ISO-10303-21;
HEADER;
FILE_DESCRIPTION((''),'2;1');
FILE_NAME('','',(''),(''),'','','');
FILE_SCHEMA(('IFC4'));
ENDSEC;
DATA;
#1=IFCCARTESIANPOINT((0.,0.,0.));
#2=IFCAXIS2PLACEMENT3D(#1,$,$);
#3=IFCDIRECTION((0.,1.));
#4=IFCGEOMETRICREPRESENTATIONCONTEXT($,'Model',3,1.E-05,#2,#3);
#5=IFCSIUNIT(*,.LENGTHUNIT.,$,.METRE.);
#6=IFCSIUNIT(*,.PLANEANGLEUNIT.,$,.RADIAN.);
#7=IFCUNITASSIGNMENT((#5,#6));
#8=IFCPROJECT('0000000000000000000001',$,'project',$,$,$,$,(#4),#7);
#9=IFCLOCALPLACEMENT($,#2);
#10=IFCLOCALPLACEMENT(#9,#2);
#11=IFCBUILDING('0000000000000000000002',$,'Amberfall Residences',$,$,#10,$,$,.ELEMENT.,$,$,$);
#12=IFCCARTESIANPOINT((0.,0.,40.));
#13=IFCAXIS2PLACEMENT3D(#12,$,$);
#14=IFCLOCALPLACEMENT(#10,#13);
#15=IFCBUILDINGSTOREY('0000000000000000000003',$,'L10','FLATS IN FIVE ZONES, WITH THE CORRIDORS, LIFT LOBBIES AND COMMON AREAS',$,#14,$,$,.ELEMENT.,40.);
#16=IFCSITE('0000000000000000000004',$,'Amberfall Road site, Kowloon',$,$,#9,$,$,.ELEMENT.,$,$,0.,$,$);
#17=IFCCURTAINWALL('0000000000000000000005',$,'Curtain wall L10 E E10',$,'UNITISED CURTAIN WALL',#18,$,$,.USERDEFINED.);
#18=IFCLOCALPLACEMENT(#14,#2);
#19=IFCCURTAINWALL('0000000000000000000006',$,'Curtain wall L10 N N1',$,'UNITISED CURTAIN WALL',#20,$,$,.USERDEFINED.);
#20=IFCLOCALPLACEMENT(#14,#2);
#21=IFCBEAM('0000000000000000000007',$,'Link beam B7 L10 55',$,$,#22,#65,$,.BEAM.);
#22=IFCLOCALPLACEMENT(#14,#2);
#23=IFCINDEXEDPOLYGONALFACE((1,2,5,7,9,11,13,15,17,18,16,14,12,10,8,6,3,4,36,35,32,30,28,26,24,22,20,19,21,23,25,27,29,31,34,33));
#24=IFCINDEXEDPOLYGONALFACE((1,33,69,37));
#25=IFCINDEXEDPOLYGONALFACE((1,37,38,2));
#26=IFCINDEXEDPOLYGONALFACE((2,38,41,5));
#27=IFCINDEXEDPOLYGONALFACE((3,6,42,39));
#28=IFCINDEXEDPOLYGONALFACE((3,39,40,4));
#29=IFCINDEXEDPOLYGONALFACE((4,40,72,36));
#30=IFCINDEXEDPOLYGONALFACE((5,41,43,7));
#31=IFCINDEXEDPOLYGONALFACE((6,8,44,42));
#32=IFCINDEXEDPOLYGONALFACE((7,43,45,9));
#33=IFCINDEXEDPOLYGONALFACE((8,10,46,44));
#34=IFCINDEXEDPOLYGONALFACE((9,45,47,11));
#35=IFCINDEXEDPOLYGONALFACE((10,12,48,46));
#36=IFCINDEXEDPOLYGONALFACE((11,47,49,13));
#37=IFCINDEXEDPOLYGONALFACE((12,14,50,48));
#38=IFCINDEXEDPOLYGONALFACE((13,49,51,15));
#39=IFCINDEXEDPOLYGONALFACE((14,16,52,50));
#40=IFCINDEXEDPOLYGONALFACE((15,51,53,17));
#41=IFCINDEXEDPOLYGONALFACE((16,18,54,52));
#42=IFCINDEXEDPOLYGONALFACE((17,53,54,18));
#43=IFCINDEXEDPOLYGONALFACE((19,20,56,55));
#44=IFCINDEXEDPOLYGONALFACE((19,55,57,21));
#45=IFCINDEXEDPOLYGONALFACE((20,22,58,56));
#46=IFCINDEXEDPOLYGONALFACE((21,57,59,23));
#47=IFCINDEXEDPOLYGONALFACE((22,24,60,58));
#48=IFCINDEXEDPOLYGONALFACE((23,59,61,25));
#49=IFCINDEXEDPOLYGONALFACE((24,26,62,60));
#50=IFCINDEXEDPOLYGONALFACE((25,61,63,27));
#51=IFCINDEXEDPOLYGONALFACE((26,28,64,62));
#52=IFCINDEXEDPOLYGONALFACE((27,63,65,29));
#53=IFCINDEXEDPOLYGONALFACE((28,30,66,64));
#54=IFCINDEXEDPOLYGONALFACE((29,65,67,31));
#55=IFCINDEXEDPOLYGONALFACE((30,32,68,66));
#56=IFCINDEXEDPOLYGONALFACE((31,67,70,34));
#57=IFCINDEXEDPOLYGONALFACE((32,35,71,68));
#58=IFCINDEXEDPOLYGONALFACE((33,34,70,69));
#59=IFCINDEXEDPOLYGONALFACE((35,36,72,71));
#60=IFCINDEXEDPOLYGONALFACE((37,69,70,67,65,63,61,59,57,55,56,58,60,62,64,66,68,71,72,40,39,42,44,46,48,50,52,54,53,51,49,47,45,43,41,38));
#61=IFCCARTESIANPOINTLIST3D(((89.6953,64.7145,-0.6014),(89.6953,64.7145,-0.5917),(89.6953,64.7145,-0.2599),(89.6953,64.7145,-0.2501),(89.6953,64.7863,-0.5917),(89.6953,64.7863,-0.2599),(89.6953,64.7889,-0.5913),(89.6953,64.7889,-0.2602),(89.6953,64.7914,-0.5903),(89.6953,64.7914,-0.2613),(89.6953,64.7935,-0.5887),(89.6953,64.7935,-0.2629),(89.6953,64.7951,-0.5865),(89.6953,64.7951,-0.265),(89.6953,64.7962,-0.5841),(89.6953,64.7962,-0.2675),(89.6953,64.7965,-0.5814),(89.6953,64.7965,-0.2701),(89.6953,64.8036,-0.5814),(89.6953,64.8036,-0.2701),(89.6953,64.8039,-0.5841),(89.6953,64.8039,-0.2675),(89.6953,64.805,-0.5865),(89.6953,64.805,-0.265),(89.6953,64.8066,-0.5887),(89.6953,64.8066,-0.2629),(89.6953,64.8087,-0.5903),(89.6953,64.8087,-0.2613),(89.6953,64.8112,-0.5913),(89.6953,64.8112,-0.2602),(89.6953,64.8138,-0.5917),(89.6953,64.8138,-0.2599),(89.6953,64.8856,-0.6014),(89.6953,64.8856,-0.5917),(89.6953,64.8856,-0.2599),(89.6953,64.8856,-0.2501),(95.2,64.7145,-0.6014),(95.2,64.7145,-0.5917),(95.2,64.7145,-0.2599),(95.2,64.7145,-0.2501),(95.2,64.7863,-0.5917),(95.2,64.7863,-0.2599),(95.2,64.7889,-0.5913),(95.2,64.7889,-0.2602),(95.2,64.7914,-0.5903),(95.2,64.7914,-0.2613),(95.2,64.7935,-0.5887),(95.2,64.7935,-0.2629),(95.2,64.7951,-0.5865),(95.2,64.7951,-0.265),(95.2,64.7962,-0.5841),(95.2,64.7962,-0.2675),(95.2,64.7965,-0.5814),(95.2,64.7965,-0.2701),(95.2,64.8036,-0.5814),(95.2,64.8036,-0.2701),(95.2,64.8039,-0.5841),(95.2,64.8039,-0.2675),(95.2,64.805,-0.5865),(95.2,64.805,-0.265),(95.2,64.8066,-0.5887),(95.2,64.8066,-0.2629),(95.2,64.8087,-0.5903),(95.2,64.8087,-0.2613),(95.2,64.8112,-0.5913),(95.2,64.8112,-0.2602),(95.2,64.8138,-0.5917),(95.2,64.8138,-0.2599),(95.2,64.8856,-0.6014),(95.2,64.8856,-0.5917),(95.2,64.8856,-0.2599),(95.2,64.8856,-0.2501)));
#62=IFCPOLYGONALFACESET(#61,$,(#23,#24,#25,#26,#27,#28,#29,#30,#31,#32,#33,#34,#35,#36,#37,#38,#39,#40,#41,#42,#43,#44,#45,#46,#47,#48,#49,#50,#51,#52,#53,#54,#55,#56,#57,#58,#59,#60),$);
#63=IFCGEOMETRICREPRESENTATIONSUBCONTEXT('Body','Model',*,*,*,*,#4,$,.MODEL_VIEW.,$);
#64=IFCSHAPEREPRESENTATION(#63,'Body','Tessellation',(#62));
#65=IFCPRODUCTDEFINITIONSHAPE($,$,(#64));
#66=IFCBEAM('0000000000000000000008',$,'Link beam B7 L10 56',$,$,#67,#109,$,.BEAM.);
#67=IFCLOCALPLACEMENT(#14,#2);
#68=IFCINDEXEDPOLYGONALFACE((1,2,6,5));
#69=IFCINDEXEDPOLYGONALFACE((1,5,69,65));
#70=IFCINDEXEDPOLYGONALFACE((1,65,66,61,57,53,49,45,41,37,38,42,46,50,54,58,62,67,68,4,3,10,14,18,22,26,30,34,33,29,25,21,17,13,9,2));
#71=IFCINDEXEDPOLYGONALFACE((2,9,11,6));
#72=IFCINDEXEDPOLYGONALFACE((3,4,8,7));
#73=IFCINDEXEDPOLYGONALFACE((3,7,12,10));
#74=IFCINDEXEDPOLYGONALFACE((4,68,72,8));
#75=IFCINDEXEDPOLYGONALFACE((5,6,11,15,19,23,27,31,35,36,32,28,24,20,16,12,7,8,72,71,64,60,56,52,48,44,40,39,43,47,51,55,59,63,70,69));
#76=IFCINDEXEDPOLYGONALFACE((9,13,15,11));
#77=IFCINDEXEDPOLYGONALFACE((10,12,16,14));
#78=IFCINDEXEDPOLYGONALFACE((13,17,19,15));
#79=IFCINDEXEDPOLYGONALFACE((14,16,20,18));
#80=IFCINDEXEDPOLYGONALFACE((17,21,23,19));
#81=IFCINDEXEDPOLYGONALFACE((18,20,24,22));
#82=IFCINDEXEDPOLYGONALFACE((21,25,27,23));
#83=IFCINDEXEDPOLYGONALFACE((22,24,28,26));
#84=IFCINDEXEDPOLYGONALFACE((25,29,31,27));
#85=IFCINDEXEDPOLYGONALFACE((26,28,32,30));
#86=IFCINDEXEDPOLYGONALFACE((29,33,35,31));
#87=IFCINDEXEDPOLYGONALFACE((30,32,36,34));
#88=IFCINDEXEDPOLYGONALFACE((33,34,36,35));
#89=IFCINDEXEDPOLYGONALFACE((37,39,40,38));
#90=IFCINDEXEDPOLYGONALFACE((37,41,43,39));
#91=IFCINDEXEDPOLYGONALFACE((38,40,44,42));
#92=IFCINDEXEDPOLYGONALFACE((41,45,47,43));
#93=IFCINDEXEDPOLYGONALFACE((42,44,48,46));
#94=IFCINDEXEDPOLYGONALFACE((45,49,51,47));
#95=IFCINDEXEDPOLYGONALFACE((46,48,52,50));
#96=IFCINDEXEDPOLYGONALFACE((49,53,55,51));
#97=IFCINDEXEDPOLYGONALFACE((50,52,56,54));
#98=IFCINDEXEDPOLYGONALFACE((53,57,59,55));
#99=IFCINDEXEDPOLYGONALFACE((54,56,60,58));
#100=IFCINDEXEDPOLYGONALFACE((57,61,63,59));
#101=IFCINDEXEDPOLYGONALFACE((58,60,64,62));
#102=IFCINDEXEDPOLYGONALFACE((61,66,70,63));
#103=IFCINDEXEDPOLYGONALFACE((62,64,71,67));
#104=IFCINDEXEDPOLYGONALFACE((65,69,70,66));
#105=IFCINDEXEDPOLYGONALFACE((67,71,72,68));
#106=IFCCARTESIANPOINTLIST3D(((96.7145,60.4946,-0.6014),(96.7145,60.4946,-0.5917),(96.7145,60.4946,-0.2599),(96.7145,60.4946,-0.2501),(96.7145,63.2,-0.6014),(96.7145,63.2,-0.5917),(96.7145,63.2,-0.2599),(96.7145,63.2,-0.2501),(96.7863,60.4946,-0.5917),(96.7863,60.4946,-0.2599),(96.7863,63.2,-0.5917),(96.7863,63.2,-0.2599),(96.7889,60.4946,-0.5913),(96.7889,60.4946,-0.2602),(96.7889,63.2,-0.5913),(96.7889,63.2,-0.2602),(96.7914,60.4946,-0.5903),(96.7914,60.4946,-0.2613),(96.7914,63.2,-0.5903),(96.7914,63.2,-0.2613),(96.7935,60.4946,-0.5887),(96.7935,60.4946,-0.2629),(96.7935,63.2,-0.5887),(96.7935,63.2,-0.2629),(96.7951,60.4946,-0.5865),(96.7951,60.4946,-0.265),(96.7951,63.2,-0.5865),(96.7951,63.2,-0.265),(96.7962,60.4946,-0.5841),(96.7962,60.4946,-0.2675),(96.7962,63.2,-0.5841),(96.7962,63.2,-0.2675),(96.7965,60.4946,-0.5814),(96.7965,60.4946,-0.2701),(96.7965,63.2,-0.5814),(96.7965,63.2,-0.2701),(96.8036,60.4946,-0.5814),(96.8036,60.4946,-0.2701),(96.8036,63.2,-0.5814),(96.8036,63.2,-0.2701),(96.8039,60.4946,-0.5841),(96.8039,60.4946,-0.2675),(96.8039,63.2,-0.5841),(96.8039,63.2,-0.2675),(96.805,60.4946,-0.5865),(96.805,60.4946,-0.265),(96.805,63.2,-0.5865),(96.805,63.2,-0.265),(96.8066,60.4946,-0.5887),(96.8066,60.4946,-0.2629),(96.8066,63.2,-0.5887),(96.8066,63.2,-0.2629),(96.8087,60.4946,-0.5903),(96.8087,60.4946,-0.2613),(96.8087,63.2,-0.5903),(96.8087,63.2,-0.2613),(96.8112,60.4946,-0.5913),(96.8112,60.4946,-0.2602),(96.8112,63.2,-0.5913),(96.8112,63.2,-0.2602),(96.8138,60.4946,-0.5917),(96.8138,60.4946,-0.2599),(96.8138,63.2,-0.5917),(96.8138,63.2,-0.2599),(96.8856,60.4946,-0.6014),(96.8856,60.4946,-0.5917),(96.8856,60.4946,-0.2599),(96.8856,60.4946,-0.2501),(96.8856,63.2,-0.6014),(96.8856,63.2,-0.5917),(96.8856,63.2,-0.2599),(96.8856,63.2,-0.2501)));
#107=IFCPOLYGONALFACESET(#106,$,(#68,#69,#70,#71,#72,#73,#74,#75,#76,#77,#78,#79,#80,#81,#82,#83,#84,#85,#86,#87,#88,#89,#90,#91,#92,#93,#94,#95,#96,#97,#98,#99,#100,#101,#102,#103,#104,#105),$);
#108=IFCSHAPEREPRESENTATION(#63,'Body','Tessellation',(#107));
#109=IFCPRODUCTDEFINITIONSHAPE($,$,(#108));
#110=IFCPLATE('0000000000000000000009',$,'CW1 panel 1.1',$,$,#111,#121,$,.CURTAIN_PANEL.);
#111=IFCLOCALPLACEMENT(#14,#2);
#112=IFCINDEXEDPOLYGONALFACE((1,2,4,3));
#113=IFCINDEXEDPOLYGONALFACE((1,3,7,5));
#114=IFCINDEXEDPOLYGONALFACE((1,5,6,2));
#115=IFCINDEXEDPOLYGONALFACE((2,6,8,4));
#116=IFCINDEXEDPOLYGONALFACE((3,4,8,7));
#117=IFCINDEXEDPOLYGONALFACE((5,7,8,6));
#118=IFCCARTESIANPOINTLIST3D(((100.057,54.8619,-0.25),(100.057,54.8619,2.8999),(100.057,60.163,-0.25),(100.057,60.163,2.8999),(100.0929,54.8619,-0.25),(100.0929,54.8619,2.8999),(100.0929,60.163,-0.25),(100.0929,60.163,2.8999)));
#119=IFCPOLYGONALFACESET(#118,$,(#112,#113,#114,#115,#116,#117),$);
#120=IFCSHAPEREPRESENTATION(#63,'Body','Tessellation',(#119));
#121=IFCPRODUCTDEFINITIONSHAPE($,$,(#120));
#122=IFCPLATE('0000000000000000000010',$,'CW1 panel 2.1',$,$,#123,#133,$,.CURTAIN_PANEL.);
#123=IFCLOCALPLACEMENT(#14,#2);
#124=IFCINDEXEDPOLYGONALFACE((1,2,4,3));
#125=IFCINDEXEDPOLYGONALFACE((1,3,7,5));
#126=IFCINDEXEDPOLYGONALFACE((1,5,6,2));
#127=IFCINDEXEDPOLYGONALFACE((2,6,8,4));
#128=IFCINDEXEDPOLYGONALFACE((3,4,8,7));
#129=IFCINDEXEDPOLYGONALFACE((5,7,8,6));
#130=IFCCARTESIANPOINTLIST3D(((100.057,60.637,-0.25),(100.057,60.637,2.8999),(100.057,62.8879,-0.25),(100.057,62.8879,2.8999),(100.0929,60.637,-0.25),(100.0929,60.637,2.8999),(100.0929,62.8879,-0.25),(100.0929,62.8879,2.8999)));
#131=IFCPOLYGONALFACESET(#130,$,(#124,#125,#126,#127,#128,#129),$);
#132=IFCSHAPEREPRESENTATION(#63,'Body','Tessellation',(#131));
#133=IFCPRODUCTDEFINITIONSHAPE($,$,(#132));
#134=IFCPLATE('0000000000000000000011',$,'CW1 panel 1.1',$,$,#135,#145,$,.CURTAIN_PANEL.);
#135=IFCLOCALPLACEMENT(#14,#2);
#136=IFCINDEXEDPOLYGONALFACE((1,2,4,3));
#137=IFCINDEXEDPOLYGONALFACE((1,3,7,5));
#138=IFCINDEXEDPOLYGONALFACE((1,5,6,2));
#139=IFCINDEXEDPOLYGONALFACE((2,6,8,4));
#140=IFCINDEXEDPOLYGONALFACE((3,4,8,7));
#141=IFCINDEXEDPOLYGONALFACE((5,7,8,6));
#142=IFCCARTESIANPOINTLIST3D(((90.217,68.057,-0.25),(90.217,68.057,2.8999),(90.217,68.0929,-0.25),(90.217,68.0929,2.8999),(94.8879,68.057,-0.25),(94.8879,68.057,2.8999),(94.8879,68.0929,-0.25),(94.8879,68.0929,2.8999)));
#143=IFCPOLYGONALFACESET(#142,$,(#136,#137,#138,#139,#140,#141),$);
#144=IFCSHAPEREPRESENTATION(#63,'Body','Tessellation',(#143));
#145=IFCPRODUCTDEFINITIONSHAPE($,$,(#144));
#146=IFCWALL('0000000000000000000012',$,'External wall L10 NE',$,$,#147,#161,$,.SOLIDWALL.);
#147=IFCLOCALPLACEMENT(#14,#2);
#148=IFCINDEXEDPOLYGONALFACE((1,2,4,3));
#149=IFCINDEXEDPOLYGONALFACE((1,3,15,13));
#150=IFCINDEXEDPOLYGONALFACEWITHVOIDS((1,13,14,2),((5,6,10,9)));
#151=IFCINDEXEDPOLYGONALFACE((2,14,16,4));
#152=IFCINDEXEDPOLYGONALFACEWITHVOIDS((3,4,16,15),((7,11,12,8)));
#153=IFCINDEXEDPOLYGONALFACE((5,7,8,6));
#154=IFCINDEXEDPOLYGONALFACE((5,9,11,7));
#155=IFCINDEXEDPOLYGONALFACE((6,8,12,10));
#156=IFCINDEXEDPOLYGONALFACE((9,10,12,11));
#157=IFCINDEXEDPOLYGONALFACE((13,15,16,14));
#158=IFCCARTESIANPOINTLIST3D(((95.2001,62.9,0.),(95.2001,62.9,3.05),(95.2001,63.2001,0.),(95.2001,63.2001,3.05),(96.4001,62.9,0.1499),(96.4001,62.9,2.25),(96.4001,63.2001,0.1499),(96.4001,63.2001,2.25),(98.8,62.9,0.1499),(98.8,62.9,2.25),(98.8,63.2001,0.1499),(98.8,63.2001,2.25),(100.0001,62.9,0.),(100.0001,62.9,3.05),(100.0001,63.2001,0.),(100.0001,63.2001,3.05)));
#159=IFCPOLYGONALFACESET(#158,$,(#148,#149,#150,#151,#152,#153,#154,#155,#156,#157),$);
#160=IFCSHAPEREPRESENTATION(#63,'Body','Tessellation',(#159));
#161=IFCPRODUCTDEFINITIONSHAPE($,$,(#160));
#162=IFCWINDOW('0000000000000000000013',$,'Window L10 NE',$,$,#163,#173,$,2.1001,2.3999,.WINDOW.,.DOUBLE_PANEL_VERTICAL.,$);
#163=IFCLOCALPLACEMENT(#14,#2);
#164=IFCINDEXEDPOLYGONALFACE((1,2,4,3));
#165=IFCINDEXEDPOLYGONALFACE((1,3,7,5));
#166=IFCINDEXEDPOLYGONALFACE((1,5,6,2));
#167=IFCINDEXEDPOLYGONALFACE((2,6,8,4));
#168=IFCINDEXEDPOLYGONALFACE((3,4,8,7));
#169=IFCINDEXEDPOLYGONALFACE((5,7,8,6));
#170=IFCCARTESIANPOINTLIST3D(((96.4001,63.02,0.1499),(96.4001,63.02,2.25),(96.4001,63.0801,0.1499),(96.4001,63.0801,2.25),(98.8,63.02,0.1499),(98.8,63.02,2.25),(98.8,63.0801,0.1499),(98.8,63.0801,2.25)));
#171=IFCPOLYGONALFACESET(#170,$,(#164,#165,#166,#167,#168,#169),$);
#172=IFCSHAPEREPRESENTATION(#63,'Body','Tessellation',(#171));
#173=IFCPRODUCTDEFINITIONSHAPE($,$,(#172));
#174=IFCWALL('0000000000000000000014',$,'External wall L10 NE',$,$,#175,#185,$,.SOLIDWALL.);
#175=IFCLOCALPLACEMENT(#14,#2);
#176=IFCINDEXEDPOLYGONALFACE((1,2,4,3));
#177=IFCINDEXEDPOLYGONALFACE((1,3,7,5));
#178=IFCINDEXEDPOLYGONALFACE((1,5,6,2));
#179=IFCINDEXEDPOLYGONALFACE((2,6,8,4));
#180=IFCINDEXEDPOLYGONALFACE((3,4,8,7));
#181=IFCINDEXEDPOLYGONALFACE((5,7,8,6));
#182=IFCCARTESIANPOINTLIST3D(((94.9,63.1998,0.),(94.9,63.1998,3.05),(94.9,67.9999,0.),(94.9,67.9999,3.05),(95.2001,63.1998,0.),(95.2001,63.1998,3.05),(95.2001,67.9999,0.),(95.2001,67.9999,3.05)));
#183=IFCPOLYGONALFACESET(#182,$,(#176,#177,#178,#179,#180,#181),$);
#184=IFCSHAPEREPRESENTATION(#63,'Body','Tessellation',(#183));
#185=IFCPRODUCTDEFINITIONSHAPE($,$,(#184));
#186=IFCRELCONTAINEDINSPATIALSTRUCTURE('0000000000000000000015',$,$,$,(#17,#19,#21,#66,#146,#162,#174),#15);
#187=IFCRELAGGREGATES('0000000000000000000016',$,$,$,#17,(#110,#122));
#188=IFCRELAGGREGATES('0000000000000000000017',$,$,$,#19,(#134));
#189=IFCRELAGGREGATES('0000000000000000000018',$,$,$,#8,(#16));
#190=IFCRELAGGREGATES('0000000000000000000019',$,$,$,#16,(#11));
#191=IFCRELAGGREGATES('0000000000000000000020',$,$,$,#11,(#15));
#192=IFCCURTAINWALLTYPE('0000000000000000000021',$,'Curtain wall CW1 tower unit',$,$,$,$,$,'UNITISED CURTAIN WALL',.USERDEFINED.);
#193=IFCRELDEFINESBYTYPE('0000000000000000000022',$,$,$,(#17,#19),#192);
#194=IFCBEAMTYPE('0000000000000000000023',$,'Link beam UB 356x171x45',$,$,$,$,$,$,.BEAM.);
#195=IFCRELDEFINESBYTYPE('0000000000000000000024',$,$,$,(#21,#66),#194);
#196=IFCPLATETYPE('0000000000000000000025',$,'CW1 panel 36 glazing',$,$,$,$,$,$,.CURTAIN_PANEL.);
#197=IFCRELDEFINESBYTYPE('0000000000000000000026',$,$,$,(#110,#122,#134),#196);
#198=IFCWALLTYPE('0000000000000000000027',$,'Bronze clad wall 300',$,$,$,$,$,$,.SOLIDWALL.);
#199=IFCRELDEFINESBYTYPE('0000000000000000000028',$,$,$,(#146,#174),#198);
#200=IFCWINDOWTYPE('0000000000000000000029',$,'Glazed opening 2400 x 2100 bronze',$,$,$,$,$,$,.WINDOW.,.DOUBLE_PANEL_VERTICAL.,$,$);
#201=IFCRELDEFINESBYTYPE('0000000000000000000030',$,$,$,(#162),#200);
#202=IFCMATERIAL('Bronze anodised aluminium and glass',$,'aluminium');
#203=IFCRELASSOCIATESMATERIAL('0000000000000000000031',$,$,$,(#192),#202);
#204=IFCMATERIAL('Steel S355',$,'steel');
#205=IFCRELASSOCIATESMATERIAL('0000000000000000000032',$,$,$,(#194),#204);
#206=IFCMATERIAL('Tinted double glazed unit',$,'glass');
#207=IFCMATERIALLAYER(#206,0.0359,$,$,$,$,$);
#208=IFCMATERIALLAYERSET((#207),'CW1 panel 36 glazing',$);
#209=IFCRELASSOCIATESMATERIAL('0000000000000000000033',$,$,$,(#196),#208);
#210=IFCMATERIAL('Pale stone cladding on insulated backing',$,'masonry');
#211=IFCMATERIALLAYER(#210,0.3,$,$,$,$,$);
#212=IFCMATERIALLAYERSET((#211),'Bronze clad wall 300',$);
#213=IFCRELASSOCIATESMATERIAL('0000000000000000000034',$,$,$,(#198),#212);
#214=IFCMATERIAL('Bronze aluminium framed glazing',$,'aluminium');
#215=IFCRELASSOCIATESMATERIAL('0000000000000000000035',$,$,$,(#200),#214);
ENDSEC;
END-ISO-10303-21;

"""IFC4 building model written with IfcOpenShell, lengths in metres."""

from ifc_helpers import new_model, si_unit, direction, frame, frame_2d, origin, origin_2d, place, context, subcontext, project, spatial, rectangle, i_section, extrude, material, layer, layer_set, material_profile, profile_set, type_object, element, fill, aggregate, save


model = new_model("IFC4")

# Units and contexts
model_context = context("Model", 3, precision=1e-05, world=origin(), true_north=direction((0.0, 1.0)))
body_context = subcontext(model_context, "Body", "Model", "MODEL_VIEW")
ifc_project = project(units=[si_unit("LENGTHUNIT", "METRE"), si_unit("PLANEANGLEUNIT", "RADIAN")], contexts=[model_context])

# Site, building, storey
site_placement = place(None, origin())
site = spatial("IfcSite", under=ifc_project, at=site_placement, Name="Amberfall Road site, Kowloon", CompositionType="ELEMENT", RefElevation=0.0)
building_placement = place(site_placement, origin())
building = spatial("IfcBuilding", under=site, at=building_placement, Name="Amberfall Residences", CompositionType="ELEMENT")
storey_placement = place(building_placement, frame((0.0, 0.0, 40.0)))
storey = spatial("IfcBuildingStorey", under=building, at=storey_placement, Name="L10", Description="FLATS IN FIVE ZONES, WITH THE CORRIDORS, LIFT LOBBIES AND COMMON AREAS", CompositionType="ELEMENT", Elevation=40.0)

# Curtain wall
ifc_material_1 = material(Name="Bronze anodised aluminium and glass", Category="aluminium")
curtain_wall_type = type_object("IfcCurtainWallType", Name="Curtain wall CW1 tower unit", ElementType="UNITISED CURTAIN WALL", PredefinedType="USERDEFINED", material=ifc_material_1)
curtain_wall_1_placement = place(storey_placement, origin())
curtain_wall_1 = element("IfcCurtainWall", 1, at=curtain_wall_1_placement, inside=storey, type_object=curtain_wall_type, Name="Curtain wall L10 E E10", ObjectType="UNITISED CURTAIN WALL", PredefinedType="USERDEFINED")

# Curtain wall
curtain_wall_2_placement = place(storey_placement, origin())
curtain_wall_2 = element("IfcCurtainWall", 2, at=curtain_wall_2_placement, inside=storey, type_object=curtain_wall_type, Name="Curtain wall L10 N N1", ObjectType="UNITISED CURTAIN WALL", PredefinedType="USERDEFINED")

# Beams
ifc_material_2 = material(Name="Steel S355", Category="steel")
ifc_material_profile_1 = material_profile(ifc_material_2, i_section(OverallWidth=0.1711, OverallDepth=0.3513, WebThickness=0.0071, FlangeThickness=0.0098, FilletRadius=0.0103, at=origin_2d()), Name="UB 356x171x45")
ifc_profile_set_1 = profile_set([ifc_material_profile_1], Name="Steel S355")
beam_type_1 = type_object("IfcBeamType", Name="Link beam UB 356x171x45", PredefinedType="BEAM", material=ifc_profile_set_1)
beam_1_placement = place(storey_placement, frame((95.2, 64.8, -0.4258), z_axis=(-1.0, 0.0, 0.0), x_axis=(0.0, -1.0, 0.0)))
element("IfcBeam", 3, at=beam_1_placement, inside=storey, type_object=beam_type_1, Name="Link beam B7 L10 55", PredefinedType="BEAM", context=body_context, shape_type="SweptSolid", body=[
    extrude(i_section(OverallWidth=0.1711, OverallDepth=0.3513, WebThickness=0.0071, FlangeThickness=0.0098, FilletRadius=0.0103, at=origin_2d()), origin(), (0.0, 0.0, 1.0), 5.5046),
])
beam_2_placement = place(storey_placement, frame((96.8, 63.2, -0.4258), z_axis=(0.0, -1.0, 0.0), x_axis=(1.0, 0.0, 0.0)))
element("IfcBeam", 4, at=beam_2_placement, inside=storey, type_object=beam_type_1, Name="Link beam B7 L10 56", PredefinedType="BEAM", context=body_context, shape_type="SweptSolid", body=[
    extrude(i_section(OverallWidth=0.1711, OverallDepth=0.3513, WebThickness=0.0071, FlangeThickness=0.0098, FilletRadius=0.0103, at=origin_2d()), origin(), (0.0, 0.0, 1.0), 2.7053),
])

# Plates
ifc_material_3 = material(Name="Tinted double glazed unit", Category="glass")
ifc_layer_1 = layer(ifc_material_3, 0.0359)
ifc_layer_set_1 = layer_set([ifc_layer_1], Name="CW1 panel 36 glazing")
plate_type = type_object("IfcPlateType", Name="CW1 panel 36 glazing", PredefinedType="CURTAIN_PANEL", material=ifc_layer_set_1)
plate_1_placement = place(storey_placement, frame((100.075, 57.5125, -0.25), z_axis=(0.0, 0.0, 1.0), x_axis=(0.0, 1.0, 0.0)))
plate_1 = element("IfcPlate", 5, at=plate_1_placement, type_object=plate_type, Name="CW1 panel 1.1", PredefinedType="CURTAIN_PANEL", context=body_context, shape_type="SweptSolid", body=[
    extrude(rectangle(XDim=5.301, YDim=0.0359, at=origin_2d()), origin(), (0.0, 0.0, 1.0), 3.1499),
])
plate_2_placement = place(storey_placement, frame((100.075, 61.7625, -0.25), z_axis=(0.0, 0.0, 1.0), x_axis=(0.0, 1.0, 0.0)))
plate_2 = element("IfcPlate", 6, at=plate_2_placement, type_object=plate_type, Name="CW1 panel 2.1", PredefinedType="CURTAIN_PANEL", context=body_context, shape_type="SweptSolid", body=[
    extrude(rectangle(XDim=2.251, YDim=0.0359, at=origin_2d()), origin(), (0.0, 0.0, 1.0), 3.1499),
])
aggregate(curtain_wall_1, [plate_1, plate_2])
plate_3_placement = place(storey_placement, frame((92.5525, 68.075, -0.25), z_axis=(0.0, 0.0, 1.0), x_axis=(-1.0, 0.0, 0.0)))
plate_3 = element("IfcPlate", 7, at=plate_3_placement, type_object=plate_type, Name="CW1 panel 1.1", PredefinedType="CURTAIN_PANEL", context=body_context, shape_type="SweptSolid", body=[
    extrude(rectangle(XDim=4.6709, YDim=0.0359, at=origin_2d()), origin(), (0.0, 0.0, 1.0), 3.1499),
])
aggregate(curtain_wall_2, [plate_3])

# Wall, opening, window
ifc_material_4 = material(Name="Pale stone cladding on insulated backing", Category="masonry")
ifc_layer_2 = layer(ifc_material_4, 0.3)
ifc_layer_set_2 = layer_set([ifc_layer_2], Name="Bronze clad wall 300")
wall_type_1 = type_object("IfcWallType", Name="Bronze clad wall 300", PredefinedType="SOLIDWALL", material=ifc_layer_set_2)
wall_1_placement = place(storey_placement, frame((100.0, 63.05, 0.0), z_axis=(0.0, 0.0, 1.0), x_axis=(-1.0, 0.0, 0.0)))
wall_1 = element("IfcWall", 8, at=wall_1_placement, inside=storey, type_object=wall_type_1, Name="External wall L10 NE", PredefinedType="SOLIDWALL", context=body_context, shape_type="SweptSolid", body=[
    extrude(rectangle(XDim=4.8, YDim=0.3, at=frame_2d((2.3999, 0.0))), origin(), (0.0, 0.0, 1.0), 3.05),
])
opening_1_placement = place(wall_1_placement, frame((1.2, 0.0, 0.1499)))
opening_1 = element("IfcOpeningElement", 9, at=opening_1_placement, cuts=wall_1, PredefinedType="OPENING", context=body_context, shape_type="SweptSolid", body=[
    extrude(rectangle(XDim=2.3999, YDim=2.1001, at=frame_2d((1.2, 1.05))), frame((0.0, 0.1599, 0.0), z_axis=(0.0, -1.0, 0.0), x_axis=(1.0, 0.0, 0.0)), (0.0, 0.0, 1.0), 0.3201),
])
ifc_material_5 = material(Name="Bronze aluminium framed glazing", Category="aluminium")
window_type = type_object("IfcWindowType", Name="Glazed opening 2400 x 2100 bronze", PartitioningType="DOUBLE_PANEL_VERTICAL", PredefinedType="WINDOW", material=ifc_material_5)
window_placement = place(opening_1_placement, origin())
window = element("IfcWindow", 10, at=window_placement, inside=storey, type_object=window_type, Name="Window L10 NE", OverallHeight=2.1001, OverallWidth=2.3999, PartitioningType="DOUBLE_PANEL_VERTICAL", PredefinedType="WINDOW", context=body_context, shape_type="SweptSolid", body=[
    extrude(rectangle(XDim=2.3999, YDim=2.1001, at=frame_2d((1.2, 1.05))), frame((0.0, 0.03, 0.0), z_axis=(0.0, -1.0, 0.0), x_axis=(1.0, 0.0, 0.0)), (0.0, 0.0, 1.0), 0.0601),
])
fill(opening_1, window)

# Wall
wall_2_placement = place(storey_placement, frame((95.05, 63.2, 0.0), z_axis=(0.0, 0.0, 1.0), x_axis=(0.0, 1.0, 0.0)))
element("IfcWall", 11, at=wall_2_placement, inside=storey, type_object=wall_type_1, Name="External wall L10 NE", PredefinedType="SOLIDWALL", context=body_context, shape_type="SweptSolid", body=[
    extrude(rectangle(XDim=4.8, YDim=0.3, at=frame_2d((2.3999, 0.0))), origin(), (0.0, 0.0, 1.0), 3.05),
])

save(model, "model.ifc")
